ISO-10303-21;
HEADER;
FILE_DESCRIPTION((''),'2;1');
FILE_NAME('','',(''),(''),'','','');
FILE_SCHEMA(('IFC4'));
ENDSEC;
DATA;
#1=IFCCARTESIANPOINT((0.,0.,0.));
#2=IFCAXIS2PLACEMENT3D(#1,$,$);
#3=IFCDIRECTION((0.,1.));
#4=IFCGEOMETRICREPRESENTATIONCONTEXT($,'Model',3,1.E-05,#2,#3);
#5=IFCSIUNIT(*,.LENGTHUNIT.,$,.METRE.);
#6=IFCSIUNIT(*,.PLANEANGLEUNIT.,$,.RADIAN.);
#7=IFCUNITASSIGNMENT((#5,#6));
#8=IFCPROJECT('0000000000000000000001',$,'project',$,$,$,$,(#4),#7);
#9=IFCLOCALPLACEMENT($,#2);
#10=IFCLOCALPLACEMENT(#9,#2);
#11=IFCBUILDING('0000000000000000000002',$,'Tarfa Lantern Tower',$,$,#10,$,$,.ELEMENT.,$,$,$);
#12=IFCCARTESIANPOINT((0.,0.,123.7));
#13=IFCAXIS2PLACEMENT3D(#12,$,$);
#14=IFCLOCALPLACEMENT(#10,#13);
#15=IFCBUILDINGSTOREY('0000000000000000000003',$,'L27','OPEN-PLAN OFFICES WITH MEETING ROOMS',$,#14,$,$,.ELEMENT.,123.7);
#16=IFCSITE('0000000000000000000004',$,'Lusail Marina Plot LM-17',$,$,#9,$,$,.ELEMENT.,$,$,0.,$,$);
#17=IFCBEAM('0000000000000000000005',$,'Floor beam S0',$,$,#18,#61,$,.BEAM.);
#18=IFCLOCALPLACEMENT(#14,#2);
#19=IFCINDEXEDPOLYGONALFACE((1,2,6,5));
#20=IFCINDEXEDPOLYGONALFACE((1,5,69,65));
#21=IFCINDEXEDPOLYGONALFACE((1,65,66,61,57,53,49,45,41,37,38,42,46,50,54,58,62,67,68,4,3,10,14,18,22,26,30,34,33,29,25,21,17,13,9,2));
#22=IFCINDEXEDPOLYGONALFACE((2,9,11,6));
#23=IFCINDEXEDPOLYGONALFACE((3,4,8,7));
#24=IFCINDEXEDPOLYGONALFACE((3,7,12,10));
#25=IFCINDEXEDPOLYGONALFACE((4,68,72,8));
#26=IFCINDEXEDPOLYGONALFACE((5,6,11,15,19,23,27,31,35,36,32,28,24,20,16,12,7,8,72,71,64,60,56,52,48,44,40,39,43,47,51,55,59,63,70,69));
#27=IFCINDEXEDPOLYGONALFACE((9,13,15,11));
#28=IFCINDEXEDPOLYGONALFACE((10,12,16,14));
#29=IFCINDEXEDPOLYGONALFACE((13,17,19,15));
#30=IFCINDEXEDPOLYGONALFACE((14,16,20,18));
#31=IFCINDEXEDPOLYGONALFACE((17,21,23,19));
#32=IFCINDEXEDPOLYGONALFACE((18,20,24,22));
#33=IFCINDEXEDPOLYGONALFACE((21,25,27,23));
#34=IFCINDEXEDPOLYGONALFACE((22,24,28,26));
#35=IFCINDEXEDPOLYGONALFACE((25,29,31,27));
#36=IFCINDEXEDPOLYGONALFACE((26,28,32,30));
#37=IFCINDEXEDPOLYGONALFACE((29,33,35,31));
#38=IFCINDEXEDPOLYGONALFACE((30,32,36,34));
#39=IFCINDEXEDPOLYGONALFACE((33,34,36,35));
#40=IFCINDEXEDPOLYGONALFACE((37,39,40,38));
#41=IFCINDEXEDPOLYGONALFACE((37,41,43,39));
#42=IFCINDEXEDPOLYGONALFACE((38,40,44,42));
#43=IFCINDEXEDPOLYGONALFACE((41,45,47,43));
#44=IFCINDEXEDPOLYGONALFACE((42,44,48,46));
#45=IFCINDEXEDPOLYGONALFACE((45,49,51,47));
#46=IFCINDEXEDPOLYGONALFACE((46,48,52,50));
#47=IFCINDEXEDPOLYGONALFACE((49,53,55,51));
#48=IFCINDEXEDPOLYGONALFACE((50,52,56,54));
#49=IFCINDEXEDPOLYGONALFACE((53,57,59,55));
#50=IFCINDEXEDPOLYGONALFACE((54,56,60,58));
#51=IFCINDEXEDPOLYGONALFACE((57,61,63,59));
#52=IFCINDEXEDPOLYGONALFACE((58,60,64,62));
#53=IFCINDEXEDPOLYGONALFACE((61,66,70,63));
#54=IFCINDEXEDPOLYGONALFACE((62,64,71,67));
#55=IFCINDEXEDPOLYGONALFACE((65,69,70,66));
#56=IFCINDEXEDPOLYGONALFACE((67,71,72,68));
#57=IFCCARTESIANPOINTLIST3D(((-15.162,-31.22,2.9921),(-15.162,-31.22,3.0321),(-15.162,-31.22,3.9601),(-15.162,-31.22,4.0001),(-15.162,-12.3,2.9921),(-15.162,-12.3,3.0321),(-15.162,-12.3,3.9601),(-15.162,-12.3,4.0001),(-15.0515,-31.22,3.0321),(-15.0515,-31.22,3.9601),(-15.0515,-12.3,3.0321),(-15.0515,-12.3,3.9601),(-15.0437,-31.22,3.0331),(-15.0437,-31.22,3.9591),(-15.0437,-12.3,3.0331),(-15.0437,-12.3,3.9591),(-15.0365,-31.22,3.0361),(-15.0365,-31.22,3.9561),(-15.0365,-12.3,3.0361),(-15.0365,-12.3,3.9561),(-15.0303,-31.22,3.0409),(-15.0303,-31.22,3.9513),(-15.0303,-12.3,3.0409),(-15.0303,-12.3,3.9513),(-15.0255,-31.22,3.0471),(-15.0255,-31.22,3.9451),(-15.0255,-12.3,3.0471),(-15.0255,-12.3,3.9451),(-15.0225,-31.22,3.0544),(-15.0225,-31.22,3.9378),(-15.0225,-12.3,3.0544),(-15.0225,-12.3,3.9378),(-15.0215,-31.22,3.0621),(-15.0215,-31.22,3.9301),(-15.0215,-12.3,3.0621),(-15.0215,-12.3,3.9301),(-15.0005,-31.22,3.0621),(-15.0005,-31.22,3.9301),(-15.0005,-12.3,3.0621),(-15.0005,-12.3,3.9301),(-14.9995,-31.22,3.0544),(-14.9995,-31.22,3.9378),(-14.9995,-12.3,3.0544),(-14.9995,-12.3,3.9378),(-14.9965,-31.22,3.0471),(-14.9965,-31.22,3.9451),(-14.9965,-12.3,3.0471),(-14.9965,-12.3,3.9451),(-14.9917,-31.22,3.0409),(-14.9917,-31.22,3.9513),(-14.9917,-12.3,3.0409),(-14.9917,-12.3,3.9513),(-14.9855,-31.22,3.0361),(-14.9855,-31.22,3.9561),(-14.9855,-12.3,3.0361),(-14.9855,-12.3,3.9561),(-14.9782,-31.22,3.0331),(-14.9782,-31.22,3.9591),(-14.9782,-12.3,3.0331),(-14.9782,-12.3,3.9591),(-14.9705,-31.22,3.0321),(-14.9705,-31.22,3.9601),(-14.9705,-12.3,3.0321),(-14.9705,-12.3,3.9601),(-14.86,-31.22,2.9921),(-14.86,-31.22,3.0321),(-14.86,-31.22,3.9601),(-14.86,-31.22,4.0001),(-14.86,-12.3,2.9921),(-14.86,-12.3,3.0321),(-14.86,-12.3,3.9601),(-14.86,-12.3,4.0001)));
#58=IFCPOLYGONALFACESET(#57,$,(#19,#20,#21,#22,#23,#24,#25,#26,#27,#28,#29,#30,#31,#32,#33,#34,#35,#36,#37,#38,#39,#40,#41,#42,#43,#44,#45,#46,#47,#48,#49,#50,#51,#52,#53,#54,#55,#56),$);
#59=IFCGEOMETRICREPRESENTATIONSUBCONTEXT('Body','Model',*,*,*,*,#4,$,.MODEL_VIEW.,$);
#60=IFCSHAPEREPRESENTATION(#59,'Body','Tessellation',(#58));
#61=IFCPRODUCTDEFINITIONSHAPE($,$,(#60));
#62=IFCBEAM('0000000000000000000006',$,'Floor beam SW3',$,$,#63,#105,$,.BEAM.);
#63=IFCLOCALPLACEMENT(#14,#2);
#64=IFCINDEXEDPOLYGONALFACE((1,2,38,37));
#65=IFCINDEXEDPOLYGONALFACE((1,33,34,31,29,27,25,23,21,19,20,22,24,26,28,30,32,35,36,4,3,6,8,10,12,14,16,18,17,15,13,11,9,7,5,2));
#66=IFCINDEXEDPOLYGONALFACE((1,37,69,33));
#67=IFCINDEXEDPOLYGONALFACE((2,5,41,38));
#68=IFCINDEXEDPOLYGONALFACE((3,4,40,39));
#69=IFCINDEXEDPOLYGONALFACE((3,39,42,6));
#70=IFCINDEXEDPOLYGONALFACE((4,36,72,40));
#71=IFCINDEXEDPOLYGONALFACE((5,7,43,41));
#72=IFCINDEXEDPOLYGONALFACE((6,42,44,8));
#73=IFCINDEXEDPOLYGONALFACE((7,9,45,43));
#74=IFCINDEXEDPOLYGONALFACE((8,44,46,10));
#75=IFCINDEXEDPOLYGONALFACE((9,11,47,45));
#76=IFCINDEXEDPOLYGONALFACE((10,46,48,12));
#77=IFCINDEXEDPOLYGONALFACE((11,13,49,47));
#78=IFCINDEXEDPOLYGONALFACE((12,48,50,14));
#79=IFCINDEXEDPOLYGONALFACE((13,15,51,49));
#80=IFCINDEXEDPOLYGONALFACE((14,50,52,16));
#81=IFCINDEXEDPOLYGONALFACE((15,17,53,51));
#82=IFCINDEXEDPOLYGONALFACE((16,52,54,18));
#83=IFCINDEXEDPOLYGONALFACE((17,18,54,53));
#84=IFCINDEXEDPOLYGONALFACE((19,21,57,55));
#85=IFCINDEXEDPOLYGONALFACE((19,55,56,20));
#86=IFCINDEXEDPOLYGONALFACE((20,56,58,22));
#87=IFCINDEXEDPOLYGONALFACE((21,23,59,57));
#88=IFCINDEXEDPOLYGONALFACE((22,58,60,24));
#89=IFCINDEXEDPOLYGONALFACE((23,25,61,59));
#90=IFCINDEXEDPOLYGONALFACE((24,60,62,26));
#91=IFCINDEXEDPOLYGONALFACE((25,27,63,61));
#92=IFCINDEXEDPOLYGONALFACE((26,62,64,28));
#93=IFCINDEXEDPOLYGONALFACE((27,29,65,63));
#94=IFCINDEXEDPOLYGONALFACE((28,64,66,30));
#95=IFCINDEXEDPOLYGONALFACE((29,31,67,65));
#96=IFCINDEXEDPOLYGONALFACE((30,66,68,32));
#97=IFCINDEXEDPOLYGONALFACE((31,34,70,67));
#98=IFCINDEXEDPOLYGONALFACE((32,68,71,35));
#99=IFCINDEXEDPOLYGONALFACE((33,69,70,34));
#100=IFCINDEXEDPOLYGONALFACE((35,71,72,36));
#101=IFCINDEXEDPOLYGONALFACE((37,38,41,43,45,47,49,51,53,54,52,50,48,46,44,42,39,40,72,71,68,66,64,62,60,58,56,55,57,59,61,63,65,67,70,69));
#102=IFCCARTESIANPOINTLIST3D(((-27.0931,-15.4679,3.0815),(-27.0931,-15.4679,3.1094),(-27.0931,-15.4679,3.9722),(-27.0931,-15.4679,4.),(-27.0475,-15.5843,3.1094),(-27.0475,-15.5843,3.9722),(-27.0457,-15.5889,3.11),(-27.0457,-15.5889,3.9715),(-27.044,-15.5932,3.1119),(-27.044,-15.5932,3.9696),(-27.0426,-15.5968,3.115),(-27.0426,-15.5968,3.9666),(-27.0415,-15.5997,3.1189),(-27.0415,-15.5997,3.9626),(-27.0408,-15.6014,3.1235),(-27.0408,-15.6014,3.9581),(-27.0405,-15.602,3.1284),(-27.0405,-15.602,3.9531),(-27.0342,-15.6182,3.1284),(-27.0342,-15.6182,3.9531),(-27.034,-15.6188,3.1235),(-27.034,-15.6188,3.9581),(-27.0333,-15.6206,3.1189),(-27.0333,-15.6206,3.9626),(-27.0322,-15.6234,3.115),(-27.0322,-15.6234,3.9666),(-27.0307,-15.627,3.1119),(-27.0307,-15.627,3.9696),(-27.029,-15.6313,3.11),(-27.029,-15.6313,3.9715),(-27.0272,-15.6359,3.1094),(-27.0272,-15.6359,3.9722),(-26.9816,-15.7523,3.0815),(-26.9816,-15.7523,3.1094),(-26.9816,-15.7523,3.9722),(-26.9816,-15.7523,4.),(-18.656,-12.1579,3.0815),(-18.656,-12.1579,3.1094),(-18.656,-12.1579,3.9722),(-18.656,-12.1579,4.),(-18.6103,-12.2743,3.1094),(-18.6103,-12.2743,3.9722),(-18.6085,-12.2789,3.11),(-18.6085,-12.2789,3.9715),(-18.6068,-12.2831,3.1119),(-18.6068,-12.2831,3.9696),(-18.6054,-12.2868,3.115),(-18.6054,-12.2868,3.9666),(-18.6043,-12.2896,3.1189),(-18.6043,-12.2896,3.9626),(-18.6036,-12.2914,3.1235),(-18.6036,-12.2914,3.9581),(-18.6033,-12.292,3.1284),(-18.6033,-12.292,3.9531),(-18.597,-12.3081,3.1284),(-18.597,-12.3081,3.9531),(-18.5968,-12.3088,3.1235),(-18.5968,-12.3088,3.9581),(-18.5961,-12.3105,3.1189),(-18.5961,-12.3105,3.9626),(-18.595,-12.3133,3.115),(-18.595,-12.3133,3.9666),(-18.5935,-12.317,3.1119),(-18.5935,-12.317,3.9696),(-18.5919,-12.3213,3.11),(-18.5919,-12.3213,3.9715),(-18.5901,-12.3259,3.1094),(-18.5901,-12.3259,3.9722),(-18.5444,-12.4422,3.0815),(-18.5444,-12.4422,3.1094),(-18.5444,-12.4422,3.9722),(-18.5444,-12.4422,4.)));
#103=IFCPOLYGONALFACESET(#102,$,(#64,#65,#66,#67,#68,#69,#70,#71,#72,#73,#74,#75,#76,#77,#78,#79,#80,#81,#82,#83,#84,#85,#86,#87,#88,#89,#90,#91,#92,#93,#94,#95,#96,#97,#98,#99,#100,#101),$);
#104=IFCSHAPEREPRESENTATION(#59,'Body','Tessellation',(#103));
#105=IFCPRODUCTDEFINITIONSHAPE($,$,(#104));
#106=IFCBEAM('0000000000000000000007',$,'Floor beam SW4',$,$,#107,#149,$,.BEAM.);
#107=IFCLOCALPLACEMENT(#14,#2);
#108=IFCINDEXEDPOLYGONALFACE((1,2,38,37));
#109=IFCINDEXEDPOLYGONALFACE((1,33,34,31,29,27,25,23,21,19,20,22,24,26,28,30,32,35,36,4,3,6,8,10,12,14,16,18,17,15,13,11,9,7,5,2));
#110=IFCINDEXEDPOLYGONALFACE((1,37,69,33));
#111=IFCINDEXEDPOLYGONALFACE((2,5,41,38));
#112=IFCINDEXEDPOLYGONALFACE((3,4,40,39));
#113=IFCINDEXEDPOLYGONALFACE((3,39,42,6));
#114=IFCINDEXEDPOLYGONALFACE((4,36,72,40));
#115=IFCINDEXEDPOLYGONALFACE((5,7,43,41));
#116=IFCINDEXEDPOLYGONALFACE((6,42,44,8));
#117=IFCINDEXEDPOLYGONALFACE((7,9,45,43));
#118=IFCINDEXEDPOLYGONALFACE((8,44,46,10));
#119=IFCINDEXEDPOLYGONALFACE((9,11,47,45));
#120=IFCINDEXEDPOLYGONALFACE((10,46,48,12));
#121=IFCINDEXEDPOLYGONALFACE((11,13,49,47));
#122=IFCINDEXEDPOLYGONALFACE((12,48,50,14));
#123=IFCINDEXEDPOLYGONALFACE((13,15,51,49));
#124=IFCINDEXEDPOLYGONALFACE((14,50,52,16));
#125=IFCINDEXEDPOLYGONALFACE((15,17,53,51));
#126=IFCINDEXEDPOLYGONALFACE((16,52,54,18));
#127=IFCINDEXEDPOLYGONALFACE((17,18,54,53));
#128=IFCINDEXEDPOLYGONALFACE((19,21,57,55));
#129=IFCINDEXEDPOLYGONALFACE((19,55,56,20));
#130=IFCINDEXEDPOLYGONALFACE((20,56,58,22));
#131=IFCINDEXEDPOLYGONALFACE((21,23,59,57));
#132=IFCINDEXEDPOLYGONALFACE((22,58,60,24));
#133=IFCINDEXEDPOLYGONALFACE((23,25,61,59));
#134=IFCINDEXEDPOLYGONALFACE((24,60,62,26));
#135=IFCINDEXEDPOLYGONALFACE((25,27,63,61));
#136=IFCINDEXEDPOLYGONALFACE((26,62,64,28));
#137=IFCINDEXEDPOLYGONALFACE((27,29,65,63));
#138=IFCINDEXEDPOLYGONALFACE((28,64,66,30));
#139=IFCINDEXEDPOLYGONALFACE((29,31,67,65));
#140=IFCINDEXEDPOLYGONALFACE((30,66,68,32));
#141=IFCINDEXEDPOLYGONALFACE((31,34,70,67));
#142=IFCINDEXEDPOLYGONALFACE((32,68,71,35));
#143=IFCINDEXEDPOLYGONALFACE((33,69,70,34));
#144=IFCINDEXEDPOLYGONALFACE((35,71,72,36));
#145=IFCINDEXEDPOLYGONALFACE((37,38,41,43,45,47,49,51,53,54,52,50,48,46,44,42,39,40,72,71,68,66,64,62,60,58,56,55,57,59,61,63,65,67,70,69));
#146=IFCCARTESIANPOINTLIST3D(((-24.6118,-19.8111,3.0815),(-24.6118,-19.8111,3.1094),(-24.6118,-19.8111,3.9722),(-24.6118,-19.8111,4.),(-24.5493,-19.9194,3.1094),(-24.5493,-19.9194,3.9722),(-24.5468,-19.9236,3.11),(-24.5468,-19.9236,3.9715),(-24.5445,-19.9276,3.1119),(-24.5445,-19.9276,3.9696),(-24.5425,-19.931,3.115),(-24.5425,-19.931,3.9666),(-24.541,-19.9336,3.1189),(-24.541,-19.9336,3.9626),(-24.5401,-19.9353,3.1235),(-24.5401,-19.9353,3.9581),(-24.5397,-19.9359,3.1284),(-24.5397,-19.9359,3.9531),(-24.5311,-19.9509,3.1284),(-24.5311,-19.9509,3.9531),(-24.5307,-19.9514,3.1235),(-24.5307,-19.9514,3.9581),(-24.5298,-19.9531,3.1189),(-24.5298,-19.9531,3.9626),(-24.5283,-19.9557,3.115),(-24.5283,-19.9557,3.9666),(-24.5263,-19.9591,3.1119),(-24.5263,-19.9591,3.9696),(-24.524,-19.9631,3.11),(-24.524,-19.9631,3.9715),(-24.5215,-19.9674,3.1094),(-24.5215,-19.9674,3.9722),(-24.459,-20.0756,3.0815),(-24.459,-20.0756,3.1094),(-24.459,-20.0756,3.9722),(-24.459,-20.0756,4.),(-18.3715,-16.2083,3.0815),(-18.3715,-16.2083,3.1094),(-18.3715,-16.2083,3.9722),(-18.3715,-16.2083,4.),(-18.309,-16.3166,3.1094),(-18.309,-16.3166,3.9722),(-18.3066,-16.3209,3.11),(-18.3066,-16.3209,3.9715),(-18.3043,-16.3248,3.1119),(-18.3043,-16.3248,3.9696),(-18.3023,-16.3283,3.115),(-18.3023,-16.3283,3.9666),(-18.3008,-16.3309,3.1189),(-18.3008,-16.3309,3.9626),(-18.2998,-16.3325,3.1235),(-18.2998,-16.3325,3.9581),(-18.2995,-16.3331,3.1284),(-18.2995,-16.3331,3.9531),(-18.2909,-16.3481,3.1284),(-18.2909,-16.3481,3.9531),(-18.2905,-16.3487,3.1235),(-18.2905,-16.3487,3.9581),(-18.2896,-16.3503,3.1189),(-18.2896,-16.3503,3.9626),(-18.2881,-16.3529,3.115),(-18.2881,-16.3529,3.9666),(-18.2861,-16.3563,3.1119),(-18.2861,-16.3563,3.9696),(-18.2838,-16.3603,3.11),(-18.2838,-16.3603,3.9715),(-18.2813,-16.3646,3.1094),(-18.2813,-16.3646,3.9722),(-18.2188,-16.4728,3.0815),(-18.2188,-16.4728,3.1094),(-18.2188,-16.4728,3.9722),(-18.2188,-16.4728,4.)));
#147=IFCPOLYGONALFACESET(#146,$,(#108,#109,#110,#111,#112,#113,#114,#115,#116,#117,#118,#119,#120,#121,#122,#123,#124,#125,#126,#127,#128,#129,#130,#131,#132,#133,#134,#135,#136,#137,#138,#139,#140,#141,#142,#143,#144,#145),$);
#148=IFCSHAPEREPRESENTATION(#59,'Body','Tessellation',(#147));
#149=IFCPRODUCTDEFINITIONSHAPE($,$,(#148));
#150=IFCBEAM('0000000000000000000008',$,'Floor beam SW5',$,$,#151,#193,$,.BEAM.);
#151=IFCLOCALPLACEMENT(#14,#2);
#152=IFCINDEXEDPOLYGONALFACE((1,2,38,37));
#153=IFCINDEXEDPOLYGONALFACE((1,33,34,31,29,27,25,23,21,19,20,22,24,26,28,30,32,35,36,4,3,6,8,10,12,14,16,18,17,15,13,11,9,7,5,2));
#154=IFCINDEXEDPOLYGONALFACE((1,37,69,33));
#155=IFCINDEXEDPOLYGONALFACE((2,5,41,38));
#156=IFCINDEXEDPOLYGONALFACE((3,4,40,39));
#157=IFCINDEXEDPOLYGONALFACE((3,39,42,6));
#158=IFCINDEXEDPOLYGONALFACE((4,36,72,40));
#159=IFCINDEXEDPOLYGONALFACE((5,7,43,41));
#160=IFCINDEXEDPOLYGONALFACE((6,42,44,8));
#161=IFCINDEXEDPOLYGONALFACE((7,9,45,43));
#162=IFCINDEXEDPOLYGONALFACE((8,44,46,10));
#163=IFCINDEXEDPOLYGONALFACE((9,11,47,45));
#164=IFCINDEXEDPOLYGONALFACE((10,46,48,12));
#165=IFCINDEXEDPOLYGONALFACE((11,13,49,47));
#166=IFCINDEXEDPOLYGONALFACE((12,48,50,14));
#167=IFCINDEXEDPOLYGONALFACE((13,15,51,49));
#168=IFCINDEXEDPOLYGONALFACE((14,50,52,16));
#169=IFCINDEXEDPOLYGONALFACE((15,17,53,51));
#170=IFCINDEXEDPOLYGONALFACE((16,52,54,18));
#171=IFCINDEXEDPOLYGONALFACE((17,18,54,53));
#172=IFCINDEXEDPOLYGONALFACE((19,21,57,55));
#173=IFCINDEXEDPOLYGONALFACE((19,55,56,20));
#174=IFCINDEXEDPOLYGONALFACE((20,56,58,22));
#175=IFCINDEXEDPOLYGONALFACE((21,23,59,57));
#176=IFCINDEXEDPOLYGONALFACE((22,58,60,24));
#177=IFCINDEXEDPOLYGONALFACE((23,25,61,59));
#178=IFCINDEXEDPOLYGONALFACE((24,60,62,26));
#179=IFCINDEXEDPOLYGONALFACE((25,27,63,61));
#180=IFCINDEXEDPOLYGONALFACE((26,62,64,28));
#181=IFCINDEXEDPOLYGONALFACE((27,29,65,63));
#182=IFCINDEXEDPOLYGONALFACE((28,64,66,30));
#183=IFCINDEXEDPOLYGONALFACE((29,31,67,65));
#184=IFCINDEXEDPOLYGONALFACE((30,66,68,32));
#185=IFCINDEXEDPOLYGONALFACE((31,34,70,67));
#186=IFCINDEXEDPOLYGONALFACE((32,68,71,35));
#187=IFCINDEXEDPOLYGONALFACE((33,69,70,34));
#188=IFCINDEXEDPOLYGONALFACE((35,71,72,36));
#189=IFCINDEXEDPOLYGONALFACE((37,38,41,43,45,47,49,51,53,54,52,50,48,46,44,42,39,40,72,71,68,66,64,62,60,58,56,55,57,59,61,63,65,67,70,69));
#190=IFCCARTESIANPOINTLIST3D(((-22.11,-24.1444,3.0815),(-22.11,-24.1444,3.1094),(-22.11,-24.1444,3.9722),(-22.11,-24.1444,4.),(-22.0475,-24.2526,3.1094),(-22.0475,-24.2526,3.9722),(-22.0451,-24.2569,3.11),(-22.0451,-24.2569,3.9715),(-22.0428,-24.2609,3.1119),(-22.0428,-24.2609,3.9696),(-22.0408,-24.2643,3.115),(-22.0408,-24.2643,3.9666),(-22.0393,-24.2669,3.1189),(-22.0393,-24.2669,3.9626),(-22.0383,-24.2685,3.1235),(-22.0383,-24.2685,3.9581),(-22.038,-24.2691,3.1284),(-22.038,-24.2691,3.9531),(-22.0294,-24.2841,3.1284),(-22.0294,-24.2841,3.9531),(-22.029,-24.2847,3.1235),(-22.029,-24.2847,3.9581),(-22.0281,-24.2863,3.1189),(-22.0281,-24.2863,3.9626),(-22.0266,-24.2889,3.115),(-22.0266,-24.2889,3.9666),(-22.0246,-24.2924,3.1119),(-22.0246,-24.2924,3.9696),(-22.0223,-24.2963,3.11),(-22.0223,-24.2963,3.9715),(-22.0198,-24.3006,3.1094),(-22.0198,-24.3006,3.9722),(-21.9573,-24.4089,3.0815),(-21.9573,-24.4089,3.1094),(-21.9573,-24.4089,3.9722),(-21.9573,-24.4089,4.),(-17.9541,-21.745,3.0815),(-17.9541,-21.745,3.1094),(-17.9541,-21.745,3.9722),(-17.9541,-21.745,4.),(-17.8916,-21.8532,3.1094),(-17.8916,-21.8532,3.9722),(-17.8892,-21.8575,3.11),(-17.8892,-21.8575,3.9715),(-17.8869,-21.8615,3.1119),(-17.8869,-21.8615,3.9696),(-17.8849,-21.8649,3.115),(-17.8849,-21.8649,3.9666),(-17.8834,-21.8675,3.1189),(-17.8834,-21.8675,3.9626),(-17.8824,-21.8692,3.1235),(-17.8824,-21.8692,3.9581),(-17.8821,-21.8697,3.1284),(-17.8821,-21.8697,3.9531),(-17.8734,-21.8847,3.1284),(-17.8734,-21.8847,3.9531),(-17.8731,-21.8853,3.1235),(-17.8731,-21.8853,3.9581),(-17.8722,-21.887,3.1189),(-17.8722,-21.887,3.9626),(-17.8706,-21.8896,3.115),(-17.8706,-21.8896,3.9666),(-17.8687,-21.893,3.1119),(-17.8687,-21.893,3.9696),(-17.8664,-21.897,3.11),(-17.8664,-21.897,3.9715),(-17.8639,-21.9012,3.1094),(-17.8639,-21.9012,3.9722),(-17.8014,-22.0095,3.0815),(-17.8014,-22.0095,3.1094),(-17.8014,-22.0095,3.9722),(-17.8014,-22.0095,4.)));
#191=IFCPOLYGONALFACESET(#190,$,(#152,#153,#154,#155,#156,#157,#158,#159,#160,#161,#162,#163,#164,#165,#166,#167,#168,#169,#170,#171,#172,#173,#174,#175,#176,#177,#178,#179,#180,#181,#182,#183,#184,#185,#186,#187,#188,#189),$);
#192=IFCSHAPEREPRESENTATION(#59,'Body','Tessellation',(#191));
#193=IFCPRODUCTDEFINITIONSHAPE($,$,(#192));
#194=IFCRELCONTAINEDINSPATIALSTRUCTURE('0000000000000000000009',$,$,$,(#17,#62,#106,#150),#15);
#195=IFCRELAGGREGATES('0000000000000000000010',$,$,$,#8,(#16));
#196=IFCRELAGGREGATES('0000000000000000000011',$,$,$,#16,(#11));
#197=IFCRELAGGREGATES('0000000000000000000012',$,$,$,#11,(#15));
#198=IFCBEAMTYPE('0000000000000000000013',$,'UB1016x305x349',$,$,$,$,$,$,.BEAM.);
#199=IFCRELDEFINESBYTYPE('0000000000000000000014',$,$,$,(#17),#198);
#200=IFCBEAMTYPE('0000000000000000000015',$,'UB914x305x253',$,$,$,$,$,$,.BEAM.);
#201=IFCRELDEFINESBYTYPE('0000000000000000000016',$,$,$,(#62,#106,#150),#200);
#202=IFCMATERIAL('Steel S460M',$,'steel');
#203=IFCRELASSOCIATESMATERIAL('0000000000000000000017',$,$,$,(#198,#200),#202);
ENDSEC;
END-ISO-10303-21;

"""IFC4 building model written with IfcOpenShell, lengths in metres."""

from ifc_helpers import new_model, si_unit, direction, frame, origin, origin_2d, place, context, subcontext, project, spatial, i_section, extrude, material, material_profile, profile_set, type_object, element, save


model = new_model("IFC4")

# Units and contexts
model_context = context("Model", 3, precision=1e-05, world=origin(), true_north=direction((0.0, 1.0)))
body_context = subcontext(model_context, "Body", "Model", "MODEL_VIEW")
ifc_project = project(units=[si_unit("LENGTHUNIT", "METRE"), si_unit("PLANEANGLEUNIT", "RADIAN")], contexts=[model_context])

# Site, building, storey
site_placement = place(None, origin())
site = spatial("IfcSite", under=ifc_project, at=site_placement, Name="Lusail Marina Plot LM-17", CompositionType="ELEMENT", RefElevation=0.0)
building_placement = place(site_placement, origin())
building = spatial("IfcBuilding", under=site, at=building_placement, Name="Tarfa Lantern Tower", CompositionType="ELEMENT")
storey_placement = place(building_placement, frame((0.0, 0.0, 123.7)))
storey = spatial("IfcBuildingStorey", under=building, at=storey_placement, Name="L27", Description="OPEN-PLAN OFFICES WITH MEETING ROOMS", CompositionType="ELEMENT", Elevation=123.7)

# Beams
ifc_material_1 = material(Name="Steel S460M", Category="steel")
ifc_material_profile_1 = material_profile(ifc_material_1, i_section(OverallWidth=0.302, OverallDepth=1.0081, WebThickness=0.021, FlangeThickness=0.04, FilletRadius=0.03, at=origin_2d()), Name="UB1016x305x349")
ifc_profile_set_1 = profile_set([ifc_material_profile_1], Name="Steel S460M")
beam_type_1 = type_object("IfcBeamType", Name="UB1016x305x349", PredefinedType="BEAM", material=ifc_profile_set_1)
beam_1_placement = place(storey_placement, frame((-15.011, -31.22, 3.4961), z_axis=(0.0, 1.0, 0.0), x_axis=(-1.0, 0.0, 0.0)))
element("IfcBeam", 1, at=beam_1_placement, inside=storey, type_object=beam_type_1, Name="Floor beam S0", PredefinedType="BEAM", context=body_context, shape_type="SweptSolid", body=[
    extrude(i_section(OverallWidth=0.302, OverallDepth=1.0081, WebThickness=0.021, FlangeThickness=0.04, FilletRadius=0.03, at=origin_2d()), origin(), (0.0, 0.0, 1.0), 18.9199),
])
ifc_material_profile_2 = material_profile(ifc_material_1, i_section(OverallWidth=0.3054, OverallDepth=0.9185, WebThickness=0.0173, FlangeThickness=0.0278, FilletRadius=0.019, at=origin_2d()), Name="UB914x305x253")
ifc_profile_set_2 = profile_set([ifc_material_profile_2], Name="Steel S460M")
beam_type_2 = type_object("IfcBeamType", Name="UB914x305x253", PredefinedType="BEAM", material=ifc_profile_set_2)
beam_2_placement = place(storey_placement, frame((-27.0374, -15.6101, 3.5408), z_axis=(0.930923, 0.365215, 0.0), x_axis=(-0.365215, 0.930923, 0.0)))
element("IfcBeam", 2, at=beam_2_placement, inside=storey, type_object=beam_type_2, Name="Floor beam SW3", PredefinedType="BEAM", context=body_context, shape_type="SweptSolid", body=[
    extrude(i_section(OverallWidth=0.3054, OverallDepth=0.9185, WebThickness=0.0173, FlangeThickness=0.0278, FilletRadius=0.019, at=origin_2d()), origin(), (0.0, 0.0, 1.0), 9.0632),
])
beam_3_placement = place(storey_placement, frame((-24.5354, -19.9434, 3.5408), z_axis=(0.866026, 0.499998, 0.0), x_axis=(-0.499998, 0.866026, 0.0)))
element("IfcBeam", 3, at=beam_3_placement, inside=storey, type_object=beam_type_2, Name="Floor beam SW4", PredefinedType="BEAM", context=body_context, shape_type="SweptSolid", body=[
    extrude(i_section(OverallWidth=0.3054, OverallDepth=0.9185, WebThickness=0.0173, FlangeThickness=0.0278, FilletRadius=0.019, at=origin_2d()), origin(), (0.0, 0.0, 1.0), 7.2056),
])
beam_4_placement = place(storey_placement, frame((-22.0337, -24.2766, 3.5408), z_axis=(0.866031, 0.499991, 0.0), x_axis=(-0.499991, 0.866031, 0.0)))
element("IfcBeam", 4, at=beam_4_placement, inside=storey, type_object=beam_type_2, Name="Floor beam SW5", PredefinedType="BEAM", context=body_context, shape_type="SweptSolid", body=[
    extrude(i_section(OverallWidth=0.3054, OverallDepth=0.9185, WebThickness=0.0173, FlangeThickness=0.0278, FilletRadius=0.019, at=origin_2d()), origin(), (0.0, 0.0, 1.0), 4.7988),
])

save(model, "model.ifc")
